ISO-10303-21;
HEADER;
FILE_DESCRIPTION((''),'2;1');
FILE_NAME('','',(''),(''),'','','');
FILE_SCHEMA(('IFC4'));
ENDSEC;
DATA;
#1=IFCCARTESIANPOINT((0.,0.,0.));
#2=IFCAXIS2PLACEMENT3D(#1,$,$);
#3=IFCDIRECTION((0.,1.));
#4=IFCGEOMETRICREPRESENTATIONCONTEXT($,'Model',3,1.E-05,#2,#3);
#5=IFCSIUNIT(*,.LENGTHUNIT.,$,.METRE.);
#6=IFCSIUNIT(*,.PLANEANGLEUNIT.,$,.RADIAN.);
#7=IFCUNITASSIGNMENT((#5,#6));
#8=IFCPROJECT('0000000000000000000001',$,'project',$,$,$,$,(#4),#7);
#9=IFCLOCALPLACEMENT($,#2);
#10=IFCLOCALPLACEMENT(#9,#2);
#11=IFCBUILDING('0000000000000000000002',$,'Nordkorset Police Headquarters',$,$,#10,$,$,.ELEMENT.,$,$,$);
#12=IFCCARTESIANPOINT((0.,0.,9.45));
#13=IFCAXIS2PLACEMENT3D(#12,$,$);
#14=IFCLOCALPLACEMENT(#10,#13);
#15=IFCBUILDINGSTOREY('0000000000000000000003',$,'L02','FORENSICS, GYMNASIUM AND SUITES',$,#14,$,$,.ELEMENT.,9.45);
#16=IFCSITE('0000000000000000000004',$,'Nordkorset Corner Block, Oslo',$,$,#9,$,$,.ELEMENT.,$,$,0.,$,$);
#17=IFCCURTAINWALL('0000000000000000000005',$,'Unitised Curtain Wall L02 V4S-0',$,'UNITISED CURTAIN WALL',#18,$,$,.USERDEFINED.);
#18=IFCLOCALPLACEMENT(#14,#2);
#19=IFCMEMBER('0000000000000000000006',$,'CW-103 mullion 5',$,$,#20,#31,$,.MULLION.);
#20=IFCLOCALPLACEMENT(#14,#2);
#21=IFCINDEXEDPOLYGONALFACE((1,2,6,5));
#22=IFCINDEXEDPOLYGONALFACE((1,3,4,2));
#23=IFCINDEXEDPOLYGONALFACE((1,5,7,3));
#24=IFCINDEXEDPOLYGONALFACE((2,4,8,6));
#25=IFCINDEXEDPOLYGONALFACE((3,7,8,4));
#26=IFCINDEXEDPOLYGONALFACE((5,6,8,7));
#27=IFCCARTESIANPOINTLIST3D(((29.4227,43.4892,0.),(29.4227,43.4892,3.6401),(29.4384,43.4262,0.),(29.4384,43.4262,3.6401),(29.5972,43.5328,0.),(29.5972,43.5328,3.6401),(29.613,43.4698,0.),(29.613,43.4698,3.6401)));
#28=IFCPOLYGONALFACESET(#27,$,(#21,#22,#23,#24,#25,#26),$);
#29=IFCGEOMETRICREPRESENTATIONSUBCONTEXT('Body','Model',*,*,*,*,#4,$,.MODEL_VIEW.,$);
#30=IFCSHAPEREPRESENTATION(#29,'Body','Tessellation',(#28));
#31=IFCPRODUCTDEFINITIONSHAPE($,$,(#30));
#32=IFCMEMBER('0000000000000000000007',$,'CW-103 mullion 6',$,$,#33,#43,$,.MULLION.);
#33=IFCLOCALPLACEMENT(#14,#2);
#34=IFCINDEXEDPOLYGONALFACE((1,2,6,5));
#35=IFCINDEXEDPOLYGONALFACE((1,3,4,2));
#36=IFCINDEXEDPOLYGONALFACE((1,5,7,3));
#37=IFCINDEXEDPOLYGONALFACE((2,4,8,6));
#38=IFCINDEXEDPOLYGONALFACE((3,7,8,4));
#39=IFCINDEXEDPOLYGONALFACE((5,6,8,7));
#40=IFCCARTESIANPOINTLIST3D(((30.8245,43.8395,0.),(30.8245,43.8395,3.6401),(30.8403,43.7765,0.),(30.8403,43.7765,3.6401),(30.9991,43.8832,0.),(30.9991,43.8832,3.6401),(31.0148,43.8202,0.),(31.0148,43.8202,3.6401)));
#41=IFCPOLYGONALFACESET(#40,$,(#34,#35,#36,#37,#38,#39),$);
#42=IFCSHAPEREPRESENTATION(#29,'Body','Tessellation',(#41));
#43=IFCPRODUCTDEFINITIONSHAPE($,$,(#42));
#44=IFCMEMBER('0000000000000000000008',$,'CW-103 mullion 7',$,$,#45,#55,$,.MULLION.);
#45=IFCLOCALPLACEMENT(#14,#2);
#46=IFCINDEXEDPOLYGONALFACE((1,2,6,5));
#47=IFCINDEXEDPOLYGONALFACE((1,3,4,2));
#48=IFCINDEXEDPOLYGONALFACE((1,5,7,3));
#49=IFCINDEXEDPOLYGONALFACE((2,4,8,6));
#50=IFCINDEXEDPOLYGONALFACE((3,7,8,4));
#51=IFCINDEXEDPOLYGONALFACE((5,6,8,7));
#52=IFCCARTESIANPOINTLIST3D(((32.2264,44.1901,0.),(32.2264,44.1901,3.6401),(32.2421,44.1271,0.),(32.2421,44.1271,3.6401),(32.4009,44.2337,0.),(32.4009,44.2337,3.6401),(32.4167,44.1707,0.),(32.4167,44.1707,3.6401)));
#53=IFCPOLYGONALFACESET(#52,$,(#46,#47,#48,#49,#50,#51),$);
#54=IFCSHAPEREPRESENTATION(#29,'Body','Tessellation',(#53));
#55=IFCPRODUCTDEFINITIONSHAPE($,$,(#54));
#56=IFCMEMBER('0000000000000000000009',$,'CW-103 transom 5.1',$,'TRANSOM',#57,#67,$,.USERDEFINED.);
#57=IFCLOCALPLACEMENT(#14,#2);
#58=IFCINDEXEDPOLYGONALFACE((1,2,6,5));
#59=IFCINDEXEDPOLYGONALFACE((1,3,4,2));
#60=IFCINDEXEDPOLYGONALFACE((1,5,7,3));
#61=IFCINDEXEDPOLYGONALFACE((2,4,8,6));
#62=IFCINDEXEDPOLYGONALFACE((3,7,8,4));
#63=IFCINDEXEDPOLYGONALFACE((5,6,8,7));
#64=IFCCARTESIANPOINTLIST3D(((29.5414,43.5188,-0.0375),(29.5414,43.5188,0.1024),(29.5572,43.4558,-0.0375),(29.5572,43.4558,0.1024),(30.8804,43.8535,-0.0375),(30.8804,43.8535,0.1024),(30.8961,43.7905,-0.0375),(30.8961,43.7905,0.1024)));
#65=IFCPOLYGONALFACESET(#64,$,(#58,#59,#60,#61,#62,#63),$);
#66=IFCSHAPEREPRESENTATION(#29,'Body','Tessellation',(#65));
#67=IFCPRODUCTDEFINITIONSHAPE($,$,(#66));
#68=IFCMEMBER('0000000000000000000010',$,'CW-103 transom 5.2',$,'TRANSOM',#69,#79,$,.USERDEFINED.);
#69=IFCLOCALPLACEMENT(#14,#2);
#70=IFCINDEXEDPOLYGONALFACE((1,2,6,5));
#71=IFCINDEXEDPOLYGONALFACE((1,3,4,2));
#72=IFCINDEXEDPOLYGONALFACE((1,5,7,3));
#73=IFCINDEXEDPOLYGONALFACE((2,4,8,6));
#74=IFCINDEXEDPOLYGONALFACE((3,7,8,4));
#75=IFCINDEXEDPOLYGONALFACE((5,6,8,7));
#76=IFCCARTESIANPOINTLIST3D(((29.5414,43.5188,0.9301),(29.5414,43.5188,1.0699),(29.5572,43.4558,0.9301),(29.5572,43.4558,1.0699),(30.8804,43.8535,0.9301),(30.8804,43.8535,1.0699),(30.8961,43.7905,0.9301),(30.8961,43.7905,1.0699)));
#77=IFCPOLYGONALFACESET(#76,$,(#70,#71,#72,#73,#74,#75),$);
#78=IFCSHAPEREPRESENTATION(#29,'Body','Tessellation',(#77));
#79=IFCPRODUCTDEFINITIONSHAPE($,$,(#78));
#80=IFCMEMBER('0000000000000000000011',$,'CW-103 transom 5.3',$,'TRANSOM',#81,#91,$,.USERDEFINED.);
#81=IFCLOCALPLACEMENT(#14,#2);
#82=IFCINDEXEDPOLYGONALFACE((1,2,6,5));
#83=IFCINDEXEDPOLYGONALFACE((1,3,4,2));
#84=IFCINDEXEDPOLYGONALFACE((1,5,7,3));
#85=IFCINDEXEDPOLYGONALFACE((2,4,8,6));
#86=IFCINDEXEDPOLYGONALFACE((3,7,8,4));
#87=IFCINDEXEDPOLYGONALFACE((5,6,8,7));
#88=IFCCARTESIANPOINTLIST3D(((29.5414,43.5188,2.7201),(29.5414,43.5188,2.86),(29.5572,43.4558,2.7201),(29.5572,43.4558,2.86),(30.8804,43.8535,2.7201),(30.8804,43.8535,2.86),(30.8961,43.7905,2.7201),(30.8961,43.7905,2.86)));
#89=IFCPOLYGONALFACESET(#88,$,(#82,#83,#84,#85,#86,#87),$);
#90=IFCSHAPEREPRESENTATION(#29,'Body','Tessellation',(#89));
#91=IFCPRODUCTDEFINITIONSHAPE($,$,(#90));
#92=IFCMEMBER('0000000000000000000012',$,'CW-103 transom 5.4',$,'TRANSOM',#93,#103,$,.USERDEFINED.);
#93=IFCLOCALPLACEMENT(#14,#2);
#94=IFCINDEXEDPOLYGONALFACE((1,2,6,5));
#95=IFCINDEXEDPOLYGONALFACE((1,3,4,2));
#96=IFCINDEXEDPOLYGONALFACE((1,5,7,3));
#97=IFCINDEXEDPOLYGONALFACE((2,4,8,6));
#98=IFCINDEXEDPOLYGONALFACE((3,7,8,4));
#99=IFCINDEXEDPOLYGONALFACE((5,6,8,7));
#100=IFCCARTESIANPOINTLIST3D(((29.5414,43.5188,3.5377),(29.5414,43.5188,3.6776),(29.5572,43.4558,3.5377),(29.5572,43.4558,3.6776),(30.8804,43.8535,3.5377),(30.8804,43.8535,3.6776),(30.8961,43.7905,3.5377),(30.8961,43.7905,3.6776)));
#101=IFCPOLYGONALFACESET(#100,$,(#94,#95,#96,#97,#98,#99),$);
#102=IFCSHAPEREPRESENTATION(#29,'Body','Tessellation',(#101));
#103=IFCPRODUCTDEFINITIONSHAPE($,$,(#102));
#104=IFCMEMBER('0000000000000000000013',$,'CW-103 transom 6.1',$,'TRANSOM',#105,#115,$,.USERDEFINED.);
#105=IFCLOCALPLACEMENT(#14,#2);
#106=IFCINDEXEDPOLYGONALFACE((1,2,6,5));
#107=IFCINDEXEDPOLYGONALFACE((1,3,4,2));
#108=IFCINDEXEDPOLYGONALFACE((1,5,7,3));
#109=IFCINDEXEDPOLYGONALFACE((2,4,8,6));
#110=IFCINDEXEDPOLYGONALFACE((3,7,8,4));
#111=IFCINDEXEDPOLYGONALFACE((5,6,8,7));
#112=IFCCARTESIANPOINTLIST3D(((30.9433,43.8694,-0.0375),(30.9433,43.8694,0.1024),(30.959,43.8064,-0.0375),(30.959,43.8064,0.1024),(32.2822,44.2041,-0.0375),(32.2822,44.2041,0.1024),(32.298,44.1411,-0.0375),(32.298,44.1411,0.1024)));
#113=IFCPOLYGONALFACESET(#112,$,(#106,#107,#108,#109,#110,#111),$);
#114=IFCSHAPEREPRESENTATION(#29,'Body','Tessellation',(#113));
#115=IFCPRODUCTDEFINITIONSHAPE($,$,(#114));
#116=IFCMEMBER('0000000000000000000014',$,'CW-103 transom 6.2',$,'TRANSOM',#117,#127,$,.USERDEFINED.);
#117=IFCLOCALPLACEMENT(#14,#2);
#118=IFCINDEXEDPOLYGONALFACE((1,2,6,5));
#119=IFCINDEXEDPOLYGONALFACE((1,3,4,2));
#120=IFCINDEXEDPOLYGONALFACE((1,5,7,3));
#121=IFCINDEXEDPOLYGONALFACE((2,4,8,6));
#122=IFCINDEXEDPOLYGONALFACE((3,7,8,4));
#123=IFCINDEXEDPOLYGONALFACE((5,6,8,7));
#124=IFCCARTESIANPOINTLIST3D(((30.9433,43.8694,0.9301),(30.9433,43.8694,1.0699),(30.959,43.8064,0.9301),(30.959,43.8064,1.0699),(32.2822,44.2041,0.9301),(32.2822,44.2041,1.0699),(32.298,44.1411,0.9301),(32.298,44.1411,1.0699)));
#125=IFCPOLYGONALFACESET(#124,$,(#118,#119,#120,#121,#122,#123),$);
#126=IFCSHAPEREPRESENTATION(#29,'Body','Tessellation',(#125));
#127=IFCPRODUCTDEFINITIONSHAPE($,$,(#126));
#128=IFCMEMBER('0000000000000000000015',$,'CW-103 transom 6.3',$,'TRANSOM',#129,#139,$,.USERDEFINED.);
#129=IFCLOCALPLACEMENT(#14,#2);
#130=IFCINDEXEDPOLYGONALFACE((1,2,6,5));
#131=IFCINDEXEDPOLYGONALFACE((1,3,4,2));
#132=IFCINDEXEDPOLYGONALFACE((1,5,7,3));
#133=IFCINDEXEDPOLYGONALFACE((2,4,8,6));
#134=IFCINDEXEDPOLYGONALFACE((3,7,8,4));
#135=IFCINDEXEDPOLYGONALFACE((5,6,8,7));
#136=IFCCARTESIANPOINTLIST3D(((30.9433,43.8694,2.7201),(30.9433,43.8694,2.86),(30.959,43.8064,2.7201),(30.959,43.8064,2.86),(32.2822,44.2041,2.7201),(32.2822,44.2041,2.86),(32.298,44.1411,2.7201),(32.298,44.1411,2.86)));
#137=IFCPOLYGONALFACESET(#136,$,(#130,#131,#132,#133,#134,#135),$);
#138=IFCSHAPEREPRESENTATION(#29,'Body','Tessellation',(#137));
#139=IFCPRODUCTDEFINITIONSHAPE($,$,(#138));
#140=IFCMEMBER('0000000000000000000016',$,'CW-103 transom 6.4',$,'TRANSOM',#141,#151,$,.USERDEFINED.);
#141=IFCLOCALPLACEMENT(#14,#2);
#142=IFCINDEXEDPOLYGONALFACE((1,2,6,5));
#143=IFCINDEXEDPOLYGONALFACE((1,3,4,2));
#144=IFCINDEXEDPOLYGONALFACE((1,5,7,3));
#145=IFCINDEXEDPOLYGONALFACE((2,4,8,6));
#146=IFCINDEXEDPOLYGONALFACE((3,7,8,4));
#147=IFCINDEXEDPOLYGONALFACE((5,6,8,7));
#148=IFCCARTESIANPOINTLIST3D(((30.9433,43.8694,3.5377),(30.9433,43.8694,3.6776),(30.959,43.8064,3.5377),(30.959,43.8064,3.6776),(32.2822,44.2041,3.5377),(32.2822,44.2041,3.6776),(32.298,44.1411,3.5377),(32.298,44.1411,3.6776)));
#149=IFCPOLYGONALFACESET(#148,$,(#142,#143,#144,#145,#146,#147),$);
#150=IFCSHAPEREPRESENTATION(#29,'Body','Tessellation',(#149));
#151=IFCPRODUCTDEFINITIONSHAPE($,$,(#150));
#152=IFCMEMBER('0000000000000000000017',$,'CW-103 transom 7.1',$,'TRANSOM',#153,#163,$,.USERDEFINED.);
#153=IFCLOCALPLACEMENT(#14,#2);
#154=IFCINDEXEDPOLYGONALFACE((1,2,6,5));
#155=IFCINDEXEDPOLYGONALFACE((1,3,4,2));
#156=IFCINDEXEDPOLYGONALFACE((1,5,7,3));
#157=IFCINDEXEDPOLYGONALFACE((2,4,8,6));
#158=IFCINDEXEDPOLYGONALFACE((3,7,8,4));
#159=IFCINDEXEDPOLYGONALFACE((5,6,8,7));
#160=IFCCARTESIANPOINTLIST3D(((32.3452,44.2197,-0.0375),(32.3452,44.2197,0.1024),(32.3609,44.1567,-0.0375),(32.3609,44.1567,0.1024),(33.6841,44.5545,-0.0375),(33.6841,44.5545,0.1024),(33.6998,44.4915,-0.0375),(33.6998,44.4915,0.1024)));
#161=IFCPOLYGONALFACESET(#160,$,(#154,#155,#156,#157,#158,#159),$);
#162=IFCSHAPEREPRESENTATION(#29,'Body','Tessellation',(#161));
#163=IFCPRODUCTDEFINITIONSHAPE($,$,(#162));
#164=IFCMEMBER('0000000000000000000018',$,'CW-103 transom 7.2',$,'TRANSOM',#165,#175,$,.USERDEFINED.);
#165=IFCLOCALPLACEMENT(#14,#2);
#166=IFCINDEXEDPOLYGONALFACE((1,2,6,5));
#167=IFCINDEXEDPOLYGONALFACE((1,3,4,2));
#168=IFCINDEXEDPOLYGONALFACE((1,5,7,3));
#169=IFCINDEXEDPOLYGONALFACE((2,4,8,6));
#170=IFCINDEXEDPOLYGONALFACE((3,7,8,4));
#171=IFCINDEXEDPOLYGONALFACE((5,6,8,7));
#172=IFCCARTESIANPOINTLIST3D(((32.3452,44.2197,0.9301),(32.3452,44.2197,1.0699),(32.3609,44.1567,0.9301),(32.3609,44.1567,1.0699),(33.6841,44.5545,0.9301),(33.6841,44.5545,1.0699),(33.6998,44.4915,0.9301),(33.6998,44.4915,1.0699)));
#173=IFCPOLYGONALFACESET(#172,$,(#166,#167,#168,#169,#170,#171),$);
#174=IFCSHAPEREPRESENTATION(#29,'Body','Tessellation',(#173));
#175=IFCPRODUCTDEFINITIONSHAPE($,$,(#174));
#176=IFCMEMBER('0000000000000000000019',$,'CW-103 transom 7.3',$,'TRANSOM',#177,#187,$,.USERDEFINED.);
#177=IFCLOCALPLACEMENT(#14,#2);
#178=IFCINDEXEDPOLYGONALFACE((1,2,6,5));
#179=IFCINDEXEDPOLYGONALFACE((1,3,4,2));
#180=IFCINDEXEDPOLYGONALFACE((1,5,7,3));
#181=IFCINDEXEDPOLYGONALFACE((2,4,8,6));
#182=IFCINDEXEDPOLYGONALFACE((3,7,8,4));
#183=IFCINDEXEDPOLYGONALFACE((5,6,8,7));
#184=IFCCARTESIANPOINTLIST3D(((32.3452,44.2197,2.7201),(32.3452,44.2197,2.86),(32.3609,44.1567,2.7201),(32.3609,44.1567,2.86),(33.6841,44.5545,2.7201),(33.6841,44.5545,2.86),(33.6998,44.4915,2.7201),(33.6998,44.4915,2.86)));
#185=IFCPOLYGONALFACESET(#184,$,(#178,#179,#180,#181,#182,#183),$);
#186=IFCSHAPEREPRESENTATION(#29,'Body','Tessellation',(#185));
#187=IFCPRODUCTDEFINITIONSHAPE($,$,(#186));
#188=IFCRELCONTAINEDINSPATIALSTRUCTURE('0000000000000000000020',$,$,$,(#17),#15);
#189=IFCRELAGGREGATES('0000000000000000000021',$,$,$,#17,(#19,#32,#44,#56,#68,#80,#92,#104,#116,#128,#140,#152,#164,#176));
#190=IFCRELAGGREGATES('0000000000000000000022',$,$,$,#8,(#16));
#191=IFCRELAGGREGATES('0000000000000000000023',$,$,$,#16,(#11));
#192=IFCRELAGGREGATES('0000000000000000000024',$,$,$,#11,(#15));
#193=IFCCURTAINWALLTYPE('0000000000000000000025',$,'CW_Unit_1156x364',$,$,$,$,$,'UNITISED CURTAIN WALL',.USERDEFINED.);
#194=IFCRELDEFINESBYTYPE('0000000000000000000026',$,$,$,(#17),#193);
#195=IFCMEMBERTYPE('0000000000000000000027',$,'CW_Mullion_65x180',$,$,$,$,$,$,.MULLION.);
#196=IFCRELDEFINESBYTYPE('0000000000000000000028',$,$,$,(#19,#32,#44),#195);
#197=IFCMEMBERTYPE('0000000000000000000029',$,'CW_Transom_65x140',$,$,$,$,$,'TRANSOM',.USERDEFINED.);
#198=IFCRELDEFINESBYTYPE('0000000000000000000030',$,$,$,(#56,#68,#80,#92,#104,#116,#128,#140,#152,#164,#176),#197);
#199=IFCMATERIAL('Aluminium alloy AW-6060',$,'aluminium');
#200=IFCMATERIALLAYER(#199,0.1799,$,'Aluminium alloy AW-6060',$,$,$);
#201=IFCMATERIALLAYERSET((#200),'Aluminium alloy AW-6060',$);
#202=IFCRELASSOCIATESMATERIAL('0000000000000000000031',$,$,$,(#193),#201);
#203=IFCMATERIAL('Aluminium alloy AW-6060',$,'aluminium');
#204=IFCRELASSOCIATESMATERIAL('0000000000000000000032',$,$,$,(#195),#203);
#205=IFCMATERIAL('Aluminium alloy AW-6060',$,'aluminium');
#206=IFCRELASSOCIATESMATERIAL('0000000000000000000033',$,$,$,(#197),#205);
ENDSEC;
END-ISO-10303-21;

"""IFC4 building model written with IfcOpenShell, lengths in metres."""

from ifc_helpers import new_model, si_unit, direction, frame, origin, origin_2d, place, context, subcontext, project, spatial, rectangle, extrude, material, layer, layer_set, material_profile, profile_set, type_object, element, aggregate, save


model = new_model("IFC4")

# Units and contexts
model_context = context("Model", 3, precision=1e-05, world=origin(), true_north=direction((0.0, 1.0)))
body_context = subcontext(model_context, "Body", "Model", "MODEL_VIEW")
ifc_project = project(units=[si_unit("LENGTHUNIT", "METRE"), si_unit("PLANEANGLEUNIT", "RADIAN")], contexts=[model_context])

# Site, building, storey
site_placement = place(None, origin())
site = spatial("IfcSite", under=ifc_project, at=site_placement, Name="Nordkorset Corner Block, Oslo", CompositionType="ELEMENT", RefElevation=0.0)
building_placement = place(site_placement, origin())
building = spatial("IfcBuilding", under=site, at=building_placement, Name="Nordkorset Police Headquarters", CompositionType="ELEMENT")
storey_placement = place(building_placement, frame((0.0, 0.0, 9.45)))
storey = spatial("IfcBuildingStorey", under=building, at=storey_placement, Name="L02", Description="FORENSICS, GYMNASIUM AND SUITES", CompositionType="ELEMENT", Elevation=9.45)

# Curtain wall, members
ifc_material_1 = material(Name="Aluminium alloy AW-6060", Category="aluminium")
ifc_layer_1 = layer(ifc_material_1, 0.1799, Name="Aluminium alloy AW-6060")
ifc_layer_set_1 = layer_set([ifc_layer_1], Name="Aluminium alloy AW-6060")
curtain_wall_type = type_object("IfcCurtainWallType", Name="CW_Unit_1156x364", ElementType="UNITISED CURTAIN WALL", PredefinedType="USERDEFINED", material=ifc_layer_set_1)
curtain_wall_placement = place(storey_placement, origin())
curtain_wall = element("IfcCurtainWall", 1, at=curtain_wall_placement, inside=storey, type_object=curtain_wall_type, Name="Unitised Curtain Wall L02 V4S-0", ObjectType="UNITISED CURTAIN WALL", PredefinedType="USERDEFINED")
ifc_material_2 = material(Name="Aluminium alloy AW-6060", Category="aluminium")
ifc_material_profile_1 = material_profile(ifc_material_2, rectangle(XDim=0.0649, YDim=0.1799, at=origin_2d()), Name="ALU MULL 65x180")
ifc_profile_set_1 = profile_set([ifc_material_profile_1], Name="Aluminium alloy AW-6060")
member_type_1 = type_object("IfcMemberType", Name="CW_Mullion_65x180", PredefinedType="MULLION", material=ifc_profile_set_1)
member_1_placement = place(storey_placement, frame((29.5178, 43.4795, 0.0), z_axis=(0.0, 0.0, 1.0), x_axis=(-0.242536, 0.970143, 0.0)))
member_1 = element("IfcMember", 2, at=member_1_placement, type_object=member_type_1, Name="CW-103 mullion 5", PredefinedType="MULLION", context=body_context, shape_type="SweptSolid", body=[
    extrude(rectangle(XDim=0.0649, YDim=0.1799, at=origin_2d()), origin(), (0.0, 0.0, 1.0), 3.6401),
])
member_2_placement = place(storey_placement, frame((30.9197, 43.8298, 0.0), z_axis=(0.0, 0.0, 1.0), x_axis=(-0.242536, 0.970143, 0.0)))
member_2 = element("IfcMember", 3, at=member_2_placement, type_object=member_type_1, Name="CW-103 mullion 6", PredefinedType="MULLION", context=body_context, shape_type="SweptSolid", body=[
    extrude(rectangle(XDim=0.0649, YDim=0.1799, at=origin_2d()), origin(), (0.0, 0.0, 1.0), 3.6401),
])
member_3_placement = place(storey_placement, frame((32.3215, 44.1804, 0.0), z_axis=(0.0, 0.0, 1.0), x_axis=(-0.242536, 0.970143, 0.0)))
member_3 = element("IfcMember", 4, at=member_3_placement, type_object=member_type_1, Name="CW-103 mullion 7", PredefinedType="MULLION", context=body_context, shape_type="SweptSolid", body=[
    extrude(rectangle(XDim=0.0649, YDim=0.1799, at=origin_2d()), origin(), (0.0, 0.0, 1.0), 3.6401),
])
ifc_material_3 = material(Name="Aluminium alloy AW-6060", Category="aluminium")
ifc_material_profile_2 = material_profile(ifc_material_3, rectangle(XDim=0.0649, YDim=0.1399, at=origin_2d()), Name="ALU TRAN 65x140")
ifc_profile_set_2 = profile_set([ifc_material_profile_2], Name="Aluminium alloy AW-6060")
member_type_2 = type_object("IfcMemberType", Name="CW_Transom_65x140", ElementType="TRANSOM", PredefinedType="USERDEFINED", material=ifc_profile_set_2)
member_4_placement = place(storey_placement, frame((29.5493, 43.4873, 0.0325), z_axis=(0.970143, 0.242536, 0.0), x_axis=(-0.242536, 0.970143, 0.0)))
member_4 = element("IfcMember", 5, at=member_4_placement, type_object=member_type_2, Name="CW-103 transom 5.1", ObjectType="TRANSOM", PredefinedType="USERDEFINED", context=body_context, shape_type="SweptSolid", body=[
    extrude(rectangle(XDim=0.0649, YDim=0.1399, at=origin_2d()), origin(), (0.0, 0.0, 1.0), 1.3801),
])
member_5_placement = place(storey_placement, frame((29.5493, 43.4873, 1.0), z_axis=(0.970143, 0.242536, 0.0), x_axis=(-0.242536, 0.970143, 0.0)))
member_5 = element("IfcMember", 6, at=member_5_placement, type_object=member_type_2, Name="CW-103 transom 5.2", ObjectType="TRANSOM", PredefinedType="USERDEFINED", context=body_context, shape_type="SweptSolid", body=[
    extrude(rectangle(XDim=0.0649, YDim=0.1399, at=origin_2d()), origin(), (0.0, 0.0, 1.0), 1.3801),
])
member_6_placement = place(storey_placement, frame((29.5493, 43.4873, 2.79), z_axis=(0.970143, 0.242536, 0.0), x_axis=(-0.242536, 0.970143, 0.0)))
member_6 = element("IfcMember", 7, at=member_6_placement, type_object=member_type_2, Name="CW-103 transom 5.3", ObjectType="TRANSOM", PredefinedType="USERDEFINED", context=body_context, shape_type="SweptSolid", body=[
    extrude(rectangle(XDim=0.0649, YDim=0.1399, at=origin_2d()), origin(), (0.0, 0.0, 1.0), 1.3801),
])
member_7_placement = place(storey_placement, frame((29.5493, 43.4873, 3.6077), z_axis=(0.970143, 0.242536, 0.0), x_axis=(-0.242536, 0.970143, 0.0)))
member_7 = element("IfcMember", 8, at=member_7_placement, type_object=member_type_2, Name="CW-103 transom 5.4", ObjectType="TRANSOM", PredefinedType="USERDEFINED", context=body_context, shape_type="SweptSolid", body=[
    extrude(rectangle(XDim=0.0649, YDim=0.1399, at=origin_2d()), origin(), (0.0, 0.0, 1.0), 1.3801),
])
member_8_placement = place(storey_placement, frame((30.9512, 43.8379, 0.0325), z_axis=(0.970143, 0.242536, 0.0), x_axis=(-0.242536, 0.970143, 0.0)))
member_8 = element("IfcMember", 9, at=member_8_placement, type_object=member_type_2, Name="CW-103 transom 6.1", ObjectType="TRANSOM", PredefinedType="USERDEFINED", context=body_context, shape_type="SweptSolid", body=[
    extrude(rectangle(XDim=0.0649, YDim=0.1399, at=origin_2d()), origin(), (0.0, 0.0, 1.0), 1.3801),
])
member_9_placement = place(storey_placement, frame((30.9512, 43.8379, 1.0), z_axis=(0.970143, 0.242536, 0.0), x_axis=(-0.242536, 0.970143, 0.0)))
member_9 = element("IfcMember", 10, at=member_9_placement, type_object=member_type_2, Name="CW-103 transom 6.2", ObjectType="TRANSOM", PredefinedType="USERDEFINED", context=body_context, shape_type="SweptSolid", body=[
    extrude(rectangle(XDim=0.0649, YDim=0.1399, at=origin_2d()), origin(), (0.0, 0.0, 1.0), 1.3801),
])
member_10_placement = place(storey_placement, frame((30.9512, 43.8379, 2.79), z_axis=(0.970143, 0.242536, 0.0), x_axis=(-0.242536, 0.970143, 0.0)))
member_10 = element("IfcMember", 11, at=member_10_placement, type_object=member_type_2, Name="CW-103 transom 6.3", ObjectType="TRANSOM", PredefinedType="USERDEFINED", context=body_context, shape_type="SweptSolid", body=[
    extrude(rectangle(XDim=0.0649, YDim=0.1399, at=origin_2d()), origin(), (0.0, 0.0, 1.0), 1.3801),
])
member_11_placement = place(storey_placement, frame((30.9512, 43.8379, 3.6077), z_axis=(0.970143, 0.242536, 0.0), x_axis=(-0.242536, 0.970143, 0.0)))
member_11 = element("IfcMember", 12, at=member_11_placement, type_object=member_type_2, Name="CW-103 transom 6.4", ObjectType="TRANSOM", PredefinedType="USERDEFINED", context=body_context, shape_type="SweptSolid", body=[
    extrude(rectangle(XDim=0.0649, YDim=0.1399, at=origin_2d()), origin(), (0.0, 0.0, 1.0), 1.3801),
])
member_12_placement = place(storey_placement, frame((32.353, 44.1882, 0.0325), z_axis=(0.970143, 0.242536, 0.0), x_axis=(-0.242536, 0.970143, 0.0)))
member_12 = element("IfcMember", 13, at=member_12_placement, type_object=member_type_2, Name="CW-103 transom 7.1", ObjectType="TRANSOM", PredefinedType="USERDEFINED", context=body_context, shape_type="SweptSolid", body=[
    extrude(rectangle(XDim=0.0649, YDim=0.1399, at=origin_2d()), origin(), (0.0, 0.0, 1.0), 1.3801),
])
member_13_placement = place(storey_placement, frame((32.353, 44.1882, 1.0), z_axis=(0.970143, 0.242536, 0.0), x_axis=(-0.242536, 0.970143, 0.0)))
member_13 = element("IfcMember", 14, at=member_13_placement, type_object=member_type_2, Name="CW-103 transom 7.2", ObjectType="TRANSOM", PredefinedType="USERDEFINED", context=body_context, shape_type="SweptSolid", body=[
    extrude(rectangle(XDim=0.0649, YDim=0.1399, at=origin_2d()), origin(), (0.0, 0.0, 1.0), 1.3801),
])
member_14_placement = place(storey_placement, frame((32.353, 44.1882, 2.79), z_axis=(0.970143, 0.242536, 0.0), x_axis=(-0.242536, 0.970143, 0.0)))
member_14 = element("IfcMember", 15, at=member_14_placement, type_object=member_type_2, Name="CW-103 transom 7.3", ObjectType="TRANSOM", PredefinedType="USERDEFINED", context=body_context, shape_type="SweptSolid", body=[
    extrude(rectangle(XDim=0.0649, YDim=0.1399, at=origin_2d()), origin(), (0.0, 0.0, 1.0), 1.3801),
])
aggregate(curtain_wall, [member_1, member_2, member_3, member_4, member_5, member_6, member_7, member_8, member_9, member_10, member_11, member_12, member_13, member_14])

save(model, "model.ifc")
